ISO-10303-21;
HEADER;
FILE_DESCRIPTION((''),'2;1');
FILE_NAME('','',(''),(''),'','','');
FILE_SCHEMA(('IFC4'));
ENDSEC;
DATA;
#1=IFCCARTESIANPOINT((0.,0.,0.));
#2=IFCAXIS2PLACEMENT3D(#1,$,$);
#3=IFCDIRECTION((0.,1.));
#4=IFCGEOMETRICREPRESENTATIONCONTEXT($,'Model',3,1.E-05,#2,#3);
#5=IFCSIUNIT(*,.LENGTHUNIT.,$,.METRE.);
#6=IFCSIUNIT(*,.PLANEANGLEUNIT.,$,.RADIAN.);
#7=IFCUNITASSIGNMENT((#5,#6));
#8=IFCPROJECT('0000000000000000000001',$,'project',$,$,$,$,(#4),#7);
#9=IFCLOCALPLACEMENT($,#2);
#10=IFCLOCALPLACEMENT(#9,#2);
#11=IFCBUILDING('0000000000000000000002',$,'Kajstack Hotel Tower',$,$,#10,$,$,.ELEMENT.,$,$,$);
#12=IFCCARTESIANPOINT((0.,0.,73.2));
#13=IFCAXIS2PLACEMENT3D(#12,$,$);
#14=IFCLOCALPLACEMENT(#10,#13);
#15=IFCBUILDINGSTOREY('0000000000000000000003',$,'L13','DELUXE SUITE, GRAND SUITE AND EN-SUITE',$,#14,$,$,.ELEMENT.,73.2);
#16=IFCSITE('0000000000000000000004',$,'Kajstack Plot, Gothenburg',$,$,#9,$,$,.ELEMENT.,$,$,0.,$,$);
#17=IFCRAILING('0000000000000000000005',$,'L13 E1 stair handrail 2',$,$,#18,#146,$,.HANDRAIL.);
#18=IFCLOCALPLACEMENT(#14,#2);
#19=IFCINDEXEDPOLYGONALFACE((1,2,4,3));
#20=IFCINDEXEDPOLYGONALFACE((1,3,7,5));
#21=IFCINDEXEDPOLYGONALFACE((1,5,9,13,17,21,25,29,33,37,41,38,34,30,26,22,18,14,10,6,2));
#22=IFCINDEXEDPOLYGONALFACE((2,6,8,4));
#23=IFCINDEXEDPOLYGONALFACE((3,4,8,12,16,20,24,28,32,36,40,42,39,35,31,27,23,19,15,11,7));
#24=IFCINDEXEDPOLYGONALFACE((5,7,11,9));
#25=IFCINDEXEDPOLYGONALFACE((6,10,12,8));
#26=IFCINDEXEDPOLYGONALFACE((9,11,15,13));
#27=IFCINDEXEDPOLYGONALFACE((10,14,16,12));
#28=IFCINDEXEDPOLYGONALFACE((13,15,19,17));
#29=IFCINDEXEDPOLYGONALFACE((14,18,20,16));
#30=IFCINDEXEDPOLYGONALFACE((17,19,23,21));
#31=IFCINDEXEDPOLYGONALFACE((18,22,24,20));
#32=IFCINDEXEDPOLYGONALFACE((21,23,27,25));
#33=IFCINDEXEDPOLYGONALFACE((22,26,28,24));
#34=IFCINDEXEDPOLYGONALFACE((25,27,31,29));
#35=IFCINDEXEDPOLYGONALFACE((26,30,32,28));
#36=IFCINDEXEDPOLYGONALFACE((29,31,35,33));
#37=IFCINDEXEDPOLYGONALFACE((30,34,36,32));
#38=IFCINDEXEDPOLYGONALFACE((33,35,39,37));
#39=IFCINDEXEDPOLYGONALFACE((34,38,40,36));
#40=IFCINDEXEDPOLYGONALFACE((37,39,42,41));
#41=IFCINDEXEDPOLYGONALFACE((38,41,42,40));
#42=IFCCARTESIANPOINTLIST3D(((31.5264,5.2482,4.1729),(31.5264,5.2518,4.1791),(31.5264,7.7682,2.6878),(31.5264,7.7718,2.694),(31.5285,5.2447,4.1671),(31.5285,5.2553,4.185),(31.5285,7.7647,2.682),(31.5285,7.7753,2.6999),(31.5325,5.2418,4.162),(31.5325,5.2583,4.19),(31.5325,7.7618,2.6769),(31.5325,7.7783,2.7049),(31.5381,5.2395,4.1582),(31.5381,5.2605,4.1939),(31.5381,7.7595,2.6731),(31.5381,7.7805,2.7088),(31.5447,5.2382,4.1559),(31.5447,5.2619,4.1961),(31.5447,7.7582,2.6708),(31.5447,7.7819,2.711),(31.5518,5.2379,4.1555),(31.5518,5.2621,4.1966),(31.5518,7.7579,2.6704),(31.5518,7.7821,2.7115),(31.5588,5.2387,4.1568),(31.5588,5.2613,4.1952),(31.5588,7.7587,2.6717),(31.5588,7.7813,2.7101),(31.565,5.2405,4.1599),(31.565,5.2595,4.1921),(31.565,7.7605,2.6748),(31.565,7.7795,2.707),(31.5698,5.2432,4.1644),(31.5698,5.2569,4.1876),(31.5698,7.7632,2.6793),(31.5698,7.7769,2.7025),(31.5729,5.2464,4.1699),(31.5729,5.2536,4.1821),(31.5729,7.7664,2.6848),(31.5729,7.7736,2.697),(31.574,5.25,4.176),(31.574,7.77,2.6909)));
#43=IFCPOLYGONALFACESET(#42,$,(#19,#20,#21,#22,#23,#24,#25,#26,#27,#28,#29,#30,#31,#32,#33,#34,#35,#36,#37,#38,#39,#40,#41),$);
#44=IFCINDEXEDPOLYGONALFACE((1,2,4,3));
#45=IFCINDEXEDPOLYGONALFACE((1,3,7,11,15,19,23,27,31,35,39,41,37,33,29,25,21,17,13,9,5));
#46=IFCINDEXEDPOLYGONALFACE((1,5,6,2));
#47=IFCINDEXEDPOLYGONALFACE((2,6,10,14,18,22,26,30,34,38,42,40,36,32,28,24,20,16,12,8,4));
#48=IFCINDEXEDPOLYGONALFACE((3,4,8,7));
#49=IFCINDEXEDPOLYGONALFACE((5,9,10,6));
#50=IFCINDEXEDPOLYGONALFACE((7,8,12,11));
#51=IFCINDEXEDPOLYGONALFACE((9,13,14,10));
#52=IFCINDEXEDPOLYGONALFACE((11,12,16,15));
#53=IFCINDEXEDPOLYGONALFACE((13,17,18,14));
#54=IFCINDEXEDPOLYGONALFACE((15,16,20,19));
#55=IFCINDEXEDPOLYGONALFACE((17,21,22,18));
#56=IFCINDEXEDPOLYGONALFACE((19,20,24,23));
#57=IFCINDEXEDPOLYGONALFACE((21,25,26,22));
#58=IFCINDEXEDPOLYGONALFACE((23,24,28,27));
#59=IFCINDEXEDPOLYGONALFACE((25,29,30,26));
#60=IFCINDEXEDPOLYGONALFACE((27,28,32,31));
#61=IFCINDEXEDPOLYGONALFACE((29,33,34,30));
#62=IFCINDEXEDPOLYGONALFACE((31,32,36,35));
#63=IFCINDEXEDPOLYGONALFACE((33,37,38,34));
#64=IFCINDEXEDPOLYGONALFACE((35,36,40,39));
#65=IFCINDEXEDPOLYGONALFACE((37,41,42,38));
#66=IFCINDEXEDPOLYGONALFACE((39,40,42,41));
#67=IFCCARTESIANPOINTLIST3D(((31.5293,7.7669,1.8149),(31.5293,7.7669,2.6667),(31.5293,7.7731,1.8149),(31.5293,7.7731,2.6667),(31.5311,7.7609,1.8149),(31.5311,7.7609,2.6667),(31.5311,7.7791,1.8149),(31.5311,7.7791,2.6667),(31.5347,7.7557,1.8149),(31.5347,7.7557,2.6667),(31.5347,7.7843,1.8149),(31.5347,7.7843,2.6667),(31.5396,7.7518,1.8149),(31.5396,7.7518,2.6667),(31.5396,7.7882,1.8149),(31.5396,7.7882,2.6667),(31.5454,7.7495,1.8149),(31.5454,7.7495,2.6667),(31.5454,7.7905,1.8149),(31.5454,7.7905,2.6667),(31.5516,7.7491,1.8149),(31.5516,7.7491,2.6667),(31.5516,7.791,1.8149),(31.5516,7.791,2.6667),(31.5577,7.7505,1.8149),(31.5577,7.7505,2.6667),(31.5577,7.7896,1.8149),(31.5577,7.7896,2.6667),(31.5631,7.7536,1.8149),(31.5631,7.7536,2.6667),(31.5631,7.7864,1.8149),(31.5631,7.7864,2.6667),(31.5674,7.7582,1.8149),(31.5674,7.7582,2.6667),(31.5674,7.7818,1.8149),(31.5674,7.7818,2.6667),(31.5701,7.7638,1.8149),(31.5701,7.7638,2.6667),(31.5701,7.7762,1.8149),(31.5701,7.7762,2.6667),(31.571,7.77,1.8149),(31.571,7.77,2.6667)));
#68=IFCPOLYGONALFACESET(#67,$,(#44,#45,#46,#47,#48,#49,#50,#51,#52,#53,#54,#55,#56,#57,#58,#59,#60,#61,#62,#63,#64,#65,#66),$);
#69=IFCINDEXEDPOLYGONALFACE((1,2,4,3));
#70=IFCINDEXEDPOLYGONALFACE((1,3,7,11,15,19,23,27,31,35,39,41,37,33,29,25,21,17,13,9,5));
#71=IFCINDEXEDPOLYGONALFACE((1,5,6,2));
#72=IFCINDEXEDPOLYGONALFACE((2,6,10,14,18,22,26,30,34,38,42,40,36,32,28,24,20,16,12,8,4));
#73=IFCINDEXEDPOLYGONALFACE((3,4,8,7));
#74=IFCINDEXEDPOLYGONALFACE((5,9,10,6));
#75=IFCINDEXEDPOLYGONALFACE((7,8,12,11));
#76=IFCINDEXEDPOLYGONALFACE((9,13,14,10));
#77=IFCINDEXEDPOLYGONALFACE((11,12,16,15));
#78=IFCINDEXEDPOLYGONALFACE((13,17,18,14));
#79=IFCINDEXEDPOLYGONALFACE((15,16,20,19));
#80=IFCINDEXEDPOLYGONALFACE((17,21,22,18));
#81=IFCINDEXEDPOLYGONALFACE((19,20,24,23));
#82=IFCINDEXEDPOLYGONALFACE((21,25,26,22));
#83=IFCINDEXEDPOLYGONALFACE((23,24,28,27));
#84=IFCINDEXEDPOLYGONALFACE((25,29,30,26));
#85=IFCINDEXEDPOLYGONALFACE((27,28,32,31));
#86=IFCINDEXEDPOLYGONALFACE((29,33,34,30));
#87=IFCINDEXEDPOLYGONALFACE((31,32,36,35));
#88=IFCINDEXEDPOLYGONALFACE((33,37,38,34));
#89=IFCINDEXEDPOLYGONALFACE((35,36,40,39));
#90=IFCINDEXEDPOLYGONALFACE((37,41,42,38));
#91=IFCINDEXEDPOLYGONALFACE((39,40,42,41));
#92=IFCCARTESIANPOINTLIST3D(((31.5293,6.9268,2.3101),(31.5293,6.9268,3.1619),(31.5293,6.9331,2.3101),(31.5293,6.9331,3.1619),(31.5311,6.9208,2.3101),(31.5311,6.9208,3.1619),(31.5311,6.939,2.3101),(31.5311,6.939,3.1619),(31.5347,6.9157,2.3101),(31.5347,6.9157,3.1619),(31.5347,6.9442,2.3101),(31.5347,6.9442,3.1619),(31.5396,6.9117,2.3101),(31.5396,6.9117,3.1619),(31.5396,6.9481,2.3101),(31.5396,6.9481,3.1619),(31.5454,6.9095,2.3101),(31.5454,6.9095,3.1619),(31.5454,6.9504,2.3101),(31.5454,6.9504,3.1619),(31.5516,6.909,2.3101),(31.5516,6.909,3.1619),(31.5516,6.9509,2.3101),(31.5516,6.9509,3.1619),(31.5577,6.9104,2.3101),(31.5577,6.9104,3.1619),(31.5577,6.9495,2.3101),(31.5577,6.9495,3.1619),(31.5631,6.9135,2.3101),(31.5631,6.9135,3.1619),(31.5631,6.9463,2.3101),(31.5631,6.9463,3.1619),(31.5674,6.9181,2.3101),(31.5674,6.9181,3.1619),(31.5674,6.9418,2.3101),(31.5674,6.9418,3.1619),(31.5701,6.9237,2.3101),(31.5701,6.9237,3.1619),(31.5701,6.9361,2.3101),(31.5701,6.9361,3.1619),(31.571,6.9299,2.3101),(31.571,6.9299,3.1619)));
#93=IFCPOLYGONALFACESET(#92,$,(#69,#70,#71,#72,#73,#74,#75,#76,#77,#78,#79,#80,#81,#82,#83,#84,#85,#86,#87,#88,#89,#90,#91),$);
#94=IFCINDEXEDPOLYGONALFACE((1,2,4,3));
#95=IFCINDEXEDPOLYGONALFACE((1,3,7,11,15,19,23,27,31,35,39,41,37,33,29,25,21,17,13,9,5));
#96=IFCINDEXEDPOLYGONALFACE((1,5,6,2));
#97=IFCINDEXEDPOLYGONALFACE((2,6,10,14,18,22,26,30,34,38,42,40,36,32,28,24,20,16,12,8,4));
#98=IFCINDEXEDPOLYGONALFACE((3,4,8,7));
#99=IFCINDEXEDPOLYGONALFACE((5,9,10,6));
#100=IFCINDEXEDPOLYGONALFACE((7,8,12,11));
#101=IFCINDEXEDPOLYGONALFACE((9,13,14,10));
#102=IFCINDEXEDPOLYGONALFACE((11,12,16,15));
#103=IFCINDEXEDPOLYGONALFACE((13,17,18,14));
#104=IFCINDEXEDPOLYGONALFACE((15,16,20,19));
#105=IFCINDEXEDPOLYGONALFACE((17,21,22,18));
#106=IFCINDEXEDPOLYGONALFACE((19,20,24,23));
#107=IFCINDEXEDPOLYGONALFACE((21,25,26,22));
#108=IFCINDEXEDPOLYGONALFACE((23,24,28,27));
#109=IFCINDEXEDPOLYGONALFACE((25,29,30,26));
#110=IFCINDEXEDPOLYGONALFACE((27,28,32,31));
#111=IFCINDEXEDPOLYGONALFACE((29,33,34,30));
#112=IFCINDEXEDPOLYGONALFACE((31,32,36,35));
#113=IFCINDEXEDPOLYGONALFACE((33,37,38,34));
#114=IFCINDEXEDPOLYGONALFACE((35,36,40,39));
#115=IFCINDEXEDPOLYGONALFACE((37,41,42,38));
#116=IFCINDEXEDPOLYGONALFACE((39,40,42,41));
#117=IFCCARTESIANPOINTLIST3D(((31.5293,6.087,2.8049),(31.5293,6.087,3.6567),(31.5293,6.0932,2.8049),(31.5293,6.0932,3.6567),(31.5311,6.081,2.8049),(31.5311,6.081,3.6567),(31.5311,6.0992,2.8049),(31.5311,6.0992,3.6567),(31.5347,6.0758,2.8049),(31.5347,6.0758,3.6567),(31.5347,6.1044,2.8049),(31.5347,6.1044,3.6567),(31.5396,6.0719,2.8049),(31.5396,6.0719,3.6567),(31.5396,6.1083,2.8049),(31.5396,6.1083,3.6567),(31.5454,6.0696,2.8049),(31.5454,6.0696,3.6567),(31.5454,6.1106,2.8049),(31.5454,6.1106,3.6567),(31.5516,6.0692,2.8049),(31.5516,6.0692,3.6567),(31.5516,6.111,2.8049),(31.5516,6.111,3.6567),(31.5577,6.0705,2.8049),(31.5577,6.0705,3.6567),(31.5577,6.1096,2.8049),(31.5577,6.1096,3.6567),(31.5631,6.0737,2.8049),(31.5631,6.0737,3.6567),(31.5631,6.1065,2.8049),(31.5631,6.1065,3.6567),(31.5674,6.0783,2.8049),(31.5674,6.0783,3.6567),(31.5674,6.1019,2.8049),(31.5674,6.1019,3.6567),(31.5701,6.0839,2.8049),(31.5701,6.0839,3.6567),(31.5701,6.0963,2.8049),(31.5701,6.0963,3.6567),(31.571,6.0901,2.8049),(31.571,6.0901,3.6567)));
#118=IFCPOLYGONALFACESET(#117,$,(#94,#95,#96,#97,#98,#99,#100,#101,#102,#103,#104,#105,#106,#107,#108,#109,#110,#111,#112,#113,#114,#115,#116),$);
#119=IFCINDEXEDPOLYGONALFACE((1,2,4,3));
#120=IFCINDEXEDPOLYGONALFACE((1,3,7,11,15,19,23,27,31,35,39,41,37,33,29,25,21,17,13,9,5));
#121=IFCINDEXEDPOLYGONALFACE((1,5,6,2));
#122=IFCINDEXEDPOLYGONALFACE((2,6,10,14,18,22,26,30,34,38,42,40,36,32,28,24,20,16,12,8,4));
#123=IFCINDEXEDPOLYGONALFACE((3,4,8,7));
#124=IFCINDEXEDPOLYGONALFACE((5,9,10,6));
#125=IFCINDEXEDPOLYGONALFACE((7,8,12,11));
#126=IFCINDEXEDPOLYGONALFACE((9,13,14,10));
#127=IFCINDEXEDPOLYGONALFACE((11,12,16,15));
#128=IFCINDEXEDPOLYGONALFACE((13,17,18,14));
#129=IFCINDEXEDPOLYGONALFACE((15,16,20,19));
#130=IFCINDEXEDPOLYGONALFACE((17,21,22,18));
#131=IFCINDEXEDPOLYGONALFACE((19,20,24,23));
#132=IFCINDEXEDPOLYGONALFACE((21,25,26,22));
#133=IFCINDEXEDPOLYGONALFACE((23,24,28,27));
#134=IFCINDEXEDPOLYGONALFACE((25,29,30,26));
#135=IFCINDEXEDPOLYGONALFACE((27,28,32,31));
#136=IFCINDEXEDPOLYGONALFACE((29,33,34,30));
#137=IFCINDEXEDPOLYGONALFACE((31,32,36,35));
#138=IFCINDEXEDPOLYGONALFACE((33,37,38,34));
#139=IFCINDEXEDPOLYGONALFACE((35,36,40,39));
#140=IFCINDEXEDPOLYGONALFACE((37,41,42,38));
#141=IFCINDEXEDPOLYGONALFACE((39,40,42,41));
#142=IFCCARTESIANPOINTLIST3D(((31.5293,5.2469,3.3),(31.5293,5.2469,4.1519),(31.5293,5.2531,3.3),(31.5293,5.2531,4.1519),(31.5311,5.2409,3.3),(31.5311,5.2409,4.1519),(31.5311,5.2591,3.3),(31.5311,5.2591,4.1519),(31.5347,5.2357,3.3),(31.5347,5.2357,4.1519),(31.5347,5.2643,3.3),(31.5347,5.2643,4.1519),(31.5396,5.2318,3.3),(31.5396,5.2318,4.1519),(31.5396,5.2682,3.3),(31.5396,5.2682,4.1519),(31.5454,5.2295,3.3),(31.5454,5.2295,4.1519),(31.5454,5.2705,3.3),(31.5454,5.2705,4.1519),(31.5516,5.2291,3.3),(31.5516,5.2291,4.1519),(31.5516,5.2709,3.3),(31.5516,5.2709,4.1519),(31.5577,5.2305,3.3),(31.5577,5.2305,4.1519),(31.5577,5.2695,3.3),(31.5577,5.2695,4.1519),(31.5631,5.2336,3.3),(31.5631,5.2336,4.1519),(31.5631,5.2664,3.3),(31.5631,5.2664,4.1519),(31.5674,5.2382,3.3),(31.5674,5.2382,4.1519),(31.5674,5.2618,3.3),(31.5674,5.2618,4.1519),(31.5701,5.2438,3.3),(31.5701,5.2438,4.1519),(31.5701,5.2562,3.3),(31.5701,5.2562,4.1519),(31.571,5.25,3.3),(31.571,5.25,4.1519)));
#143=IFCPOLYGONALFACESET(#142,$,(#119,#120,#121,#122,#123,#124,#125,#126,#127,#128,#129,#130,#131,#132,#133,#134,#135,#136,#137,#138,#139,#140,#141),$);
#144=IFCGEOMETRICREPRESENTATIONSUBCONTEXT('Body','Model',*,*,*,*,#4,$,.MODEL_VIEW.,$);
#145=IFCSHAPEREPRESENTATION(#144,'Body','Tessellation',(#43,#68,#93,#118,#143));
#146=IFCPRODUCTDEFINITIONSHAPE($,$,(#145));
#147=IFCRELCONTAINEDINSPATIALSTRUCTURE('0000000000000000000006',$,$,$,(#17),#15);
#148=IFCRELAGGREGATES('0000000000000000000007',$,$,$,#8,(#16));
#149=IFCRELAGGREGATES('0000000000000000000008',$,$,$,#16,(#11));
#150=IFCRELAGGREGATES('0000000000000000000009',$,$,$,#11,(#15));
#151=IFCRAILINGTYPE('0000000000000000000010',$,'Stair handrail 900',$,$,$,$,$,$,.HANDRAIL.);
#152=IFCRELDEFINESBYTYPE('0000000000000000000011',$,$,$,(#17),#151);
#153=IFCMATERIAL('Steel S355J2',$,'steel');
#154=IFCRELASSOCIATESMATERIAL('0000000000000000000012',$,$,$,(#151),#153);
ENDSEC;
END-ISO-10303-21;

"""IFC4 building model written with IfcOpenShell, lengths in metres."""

from ifc_helpers import new_model, si_unit, direction, frame, origin, origin_2d, place, context, subcontext, project, spatial, circle, extrude, material, type_object, element, save


model = new_model("IFC4")

# Units and contexts
model_context = context("Model", 3, precision=1e-05, world=origin(), true_north=direction((0.0, 1.0)))
body_context = subcontext(model_context, "Body", "Model", "MODEL_VIEW")
ifc_project = project(units=[si_unit("LENGTHUNIT", "METRE"), si_unit("PLANEANGLEUNIT", "RADIAN")], contexts=[model_context])

# Site, building, storey
site_placement = place(None, origin())
site = spatial("IfcSite", under=ifc_project, at=site_placement, Name="Kajstack Plot, Gothenburg", CompositionType="ELEMENT", RefElevation=0.0)
building_placement = place(site_placement, origin())
building = spatial("IfcBuilding", under=site, at=building_placement, Name="Kajstack Hotel Tower", CompositionType="ELEMENT")
storey_placement = place(building_placement, frame((0.0, 0.0, 73.2)))
storey = spatial("IfcBuildingStorey", under=building, at=storey_placement, Name="L13", Description="DELUXE SUITE, GRAND SUITE AND EN-SUITE", CompositionType="ELEMENT", Elevation=73.2)

# Railing
ifc_material_1 = material(Name="Steel S355J2", Category="steel")
railing_type_1 = type_object("IfcRailingType", Name="Stair handrail 900", PredefinedType="HANDRAIL", material=ifc_material_1)
railing_1_placement = place(storey_placement, frame((31.55, 7.77, 1.8149)))
element("IfcRailing", 1, at=railing_1_placement, inside=storey, type_object=railing_type_1, Name="L13 E1 stair handrail 2", PredefinedType="HANDRAIL", context=body_context, shape_type="SweptSolid", body=[
    extrude(circle(Radius=0.0239, at=origin_2d()), frame((0.0, 0.0, 0.876), z_axis=(0.0, -0.861524, 0.507717), x_axis=(1.0, 0.0, 0.0)), (0.0, 0.0, 1.0), 2.925),
    extrude(circle(Radius=0.021, at=origin_2d()), origin(), (0.0, 0.0, 1.0), 0.8518),
    extrude(circle(Radius=0.021, at=origin_2d()), frame((0.0, -0.8401, 0.4951)), (0.0, 0.0, 1.0), 0.8518),
    extrude(circle(Radius=0.021, at=origin_2d()), frame((0.0, -1.6799, 0.99)), (0.0, 0.0, 1.0), 0.8518),
    extrude(circle(Radius=0.021, at=origin_2d()), frame((0.0, -2.52, 1.4851)), (0.0, 0.0, 1.0), 0.8518),
])

save(model, "model.ifc")
